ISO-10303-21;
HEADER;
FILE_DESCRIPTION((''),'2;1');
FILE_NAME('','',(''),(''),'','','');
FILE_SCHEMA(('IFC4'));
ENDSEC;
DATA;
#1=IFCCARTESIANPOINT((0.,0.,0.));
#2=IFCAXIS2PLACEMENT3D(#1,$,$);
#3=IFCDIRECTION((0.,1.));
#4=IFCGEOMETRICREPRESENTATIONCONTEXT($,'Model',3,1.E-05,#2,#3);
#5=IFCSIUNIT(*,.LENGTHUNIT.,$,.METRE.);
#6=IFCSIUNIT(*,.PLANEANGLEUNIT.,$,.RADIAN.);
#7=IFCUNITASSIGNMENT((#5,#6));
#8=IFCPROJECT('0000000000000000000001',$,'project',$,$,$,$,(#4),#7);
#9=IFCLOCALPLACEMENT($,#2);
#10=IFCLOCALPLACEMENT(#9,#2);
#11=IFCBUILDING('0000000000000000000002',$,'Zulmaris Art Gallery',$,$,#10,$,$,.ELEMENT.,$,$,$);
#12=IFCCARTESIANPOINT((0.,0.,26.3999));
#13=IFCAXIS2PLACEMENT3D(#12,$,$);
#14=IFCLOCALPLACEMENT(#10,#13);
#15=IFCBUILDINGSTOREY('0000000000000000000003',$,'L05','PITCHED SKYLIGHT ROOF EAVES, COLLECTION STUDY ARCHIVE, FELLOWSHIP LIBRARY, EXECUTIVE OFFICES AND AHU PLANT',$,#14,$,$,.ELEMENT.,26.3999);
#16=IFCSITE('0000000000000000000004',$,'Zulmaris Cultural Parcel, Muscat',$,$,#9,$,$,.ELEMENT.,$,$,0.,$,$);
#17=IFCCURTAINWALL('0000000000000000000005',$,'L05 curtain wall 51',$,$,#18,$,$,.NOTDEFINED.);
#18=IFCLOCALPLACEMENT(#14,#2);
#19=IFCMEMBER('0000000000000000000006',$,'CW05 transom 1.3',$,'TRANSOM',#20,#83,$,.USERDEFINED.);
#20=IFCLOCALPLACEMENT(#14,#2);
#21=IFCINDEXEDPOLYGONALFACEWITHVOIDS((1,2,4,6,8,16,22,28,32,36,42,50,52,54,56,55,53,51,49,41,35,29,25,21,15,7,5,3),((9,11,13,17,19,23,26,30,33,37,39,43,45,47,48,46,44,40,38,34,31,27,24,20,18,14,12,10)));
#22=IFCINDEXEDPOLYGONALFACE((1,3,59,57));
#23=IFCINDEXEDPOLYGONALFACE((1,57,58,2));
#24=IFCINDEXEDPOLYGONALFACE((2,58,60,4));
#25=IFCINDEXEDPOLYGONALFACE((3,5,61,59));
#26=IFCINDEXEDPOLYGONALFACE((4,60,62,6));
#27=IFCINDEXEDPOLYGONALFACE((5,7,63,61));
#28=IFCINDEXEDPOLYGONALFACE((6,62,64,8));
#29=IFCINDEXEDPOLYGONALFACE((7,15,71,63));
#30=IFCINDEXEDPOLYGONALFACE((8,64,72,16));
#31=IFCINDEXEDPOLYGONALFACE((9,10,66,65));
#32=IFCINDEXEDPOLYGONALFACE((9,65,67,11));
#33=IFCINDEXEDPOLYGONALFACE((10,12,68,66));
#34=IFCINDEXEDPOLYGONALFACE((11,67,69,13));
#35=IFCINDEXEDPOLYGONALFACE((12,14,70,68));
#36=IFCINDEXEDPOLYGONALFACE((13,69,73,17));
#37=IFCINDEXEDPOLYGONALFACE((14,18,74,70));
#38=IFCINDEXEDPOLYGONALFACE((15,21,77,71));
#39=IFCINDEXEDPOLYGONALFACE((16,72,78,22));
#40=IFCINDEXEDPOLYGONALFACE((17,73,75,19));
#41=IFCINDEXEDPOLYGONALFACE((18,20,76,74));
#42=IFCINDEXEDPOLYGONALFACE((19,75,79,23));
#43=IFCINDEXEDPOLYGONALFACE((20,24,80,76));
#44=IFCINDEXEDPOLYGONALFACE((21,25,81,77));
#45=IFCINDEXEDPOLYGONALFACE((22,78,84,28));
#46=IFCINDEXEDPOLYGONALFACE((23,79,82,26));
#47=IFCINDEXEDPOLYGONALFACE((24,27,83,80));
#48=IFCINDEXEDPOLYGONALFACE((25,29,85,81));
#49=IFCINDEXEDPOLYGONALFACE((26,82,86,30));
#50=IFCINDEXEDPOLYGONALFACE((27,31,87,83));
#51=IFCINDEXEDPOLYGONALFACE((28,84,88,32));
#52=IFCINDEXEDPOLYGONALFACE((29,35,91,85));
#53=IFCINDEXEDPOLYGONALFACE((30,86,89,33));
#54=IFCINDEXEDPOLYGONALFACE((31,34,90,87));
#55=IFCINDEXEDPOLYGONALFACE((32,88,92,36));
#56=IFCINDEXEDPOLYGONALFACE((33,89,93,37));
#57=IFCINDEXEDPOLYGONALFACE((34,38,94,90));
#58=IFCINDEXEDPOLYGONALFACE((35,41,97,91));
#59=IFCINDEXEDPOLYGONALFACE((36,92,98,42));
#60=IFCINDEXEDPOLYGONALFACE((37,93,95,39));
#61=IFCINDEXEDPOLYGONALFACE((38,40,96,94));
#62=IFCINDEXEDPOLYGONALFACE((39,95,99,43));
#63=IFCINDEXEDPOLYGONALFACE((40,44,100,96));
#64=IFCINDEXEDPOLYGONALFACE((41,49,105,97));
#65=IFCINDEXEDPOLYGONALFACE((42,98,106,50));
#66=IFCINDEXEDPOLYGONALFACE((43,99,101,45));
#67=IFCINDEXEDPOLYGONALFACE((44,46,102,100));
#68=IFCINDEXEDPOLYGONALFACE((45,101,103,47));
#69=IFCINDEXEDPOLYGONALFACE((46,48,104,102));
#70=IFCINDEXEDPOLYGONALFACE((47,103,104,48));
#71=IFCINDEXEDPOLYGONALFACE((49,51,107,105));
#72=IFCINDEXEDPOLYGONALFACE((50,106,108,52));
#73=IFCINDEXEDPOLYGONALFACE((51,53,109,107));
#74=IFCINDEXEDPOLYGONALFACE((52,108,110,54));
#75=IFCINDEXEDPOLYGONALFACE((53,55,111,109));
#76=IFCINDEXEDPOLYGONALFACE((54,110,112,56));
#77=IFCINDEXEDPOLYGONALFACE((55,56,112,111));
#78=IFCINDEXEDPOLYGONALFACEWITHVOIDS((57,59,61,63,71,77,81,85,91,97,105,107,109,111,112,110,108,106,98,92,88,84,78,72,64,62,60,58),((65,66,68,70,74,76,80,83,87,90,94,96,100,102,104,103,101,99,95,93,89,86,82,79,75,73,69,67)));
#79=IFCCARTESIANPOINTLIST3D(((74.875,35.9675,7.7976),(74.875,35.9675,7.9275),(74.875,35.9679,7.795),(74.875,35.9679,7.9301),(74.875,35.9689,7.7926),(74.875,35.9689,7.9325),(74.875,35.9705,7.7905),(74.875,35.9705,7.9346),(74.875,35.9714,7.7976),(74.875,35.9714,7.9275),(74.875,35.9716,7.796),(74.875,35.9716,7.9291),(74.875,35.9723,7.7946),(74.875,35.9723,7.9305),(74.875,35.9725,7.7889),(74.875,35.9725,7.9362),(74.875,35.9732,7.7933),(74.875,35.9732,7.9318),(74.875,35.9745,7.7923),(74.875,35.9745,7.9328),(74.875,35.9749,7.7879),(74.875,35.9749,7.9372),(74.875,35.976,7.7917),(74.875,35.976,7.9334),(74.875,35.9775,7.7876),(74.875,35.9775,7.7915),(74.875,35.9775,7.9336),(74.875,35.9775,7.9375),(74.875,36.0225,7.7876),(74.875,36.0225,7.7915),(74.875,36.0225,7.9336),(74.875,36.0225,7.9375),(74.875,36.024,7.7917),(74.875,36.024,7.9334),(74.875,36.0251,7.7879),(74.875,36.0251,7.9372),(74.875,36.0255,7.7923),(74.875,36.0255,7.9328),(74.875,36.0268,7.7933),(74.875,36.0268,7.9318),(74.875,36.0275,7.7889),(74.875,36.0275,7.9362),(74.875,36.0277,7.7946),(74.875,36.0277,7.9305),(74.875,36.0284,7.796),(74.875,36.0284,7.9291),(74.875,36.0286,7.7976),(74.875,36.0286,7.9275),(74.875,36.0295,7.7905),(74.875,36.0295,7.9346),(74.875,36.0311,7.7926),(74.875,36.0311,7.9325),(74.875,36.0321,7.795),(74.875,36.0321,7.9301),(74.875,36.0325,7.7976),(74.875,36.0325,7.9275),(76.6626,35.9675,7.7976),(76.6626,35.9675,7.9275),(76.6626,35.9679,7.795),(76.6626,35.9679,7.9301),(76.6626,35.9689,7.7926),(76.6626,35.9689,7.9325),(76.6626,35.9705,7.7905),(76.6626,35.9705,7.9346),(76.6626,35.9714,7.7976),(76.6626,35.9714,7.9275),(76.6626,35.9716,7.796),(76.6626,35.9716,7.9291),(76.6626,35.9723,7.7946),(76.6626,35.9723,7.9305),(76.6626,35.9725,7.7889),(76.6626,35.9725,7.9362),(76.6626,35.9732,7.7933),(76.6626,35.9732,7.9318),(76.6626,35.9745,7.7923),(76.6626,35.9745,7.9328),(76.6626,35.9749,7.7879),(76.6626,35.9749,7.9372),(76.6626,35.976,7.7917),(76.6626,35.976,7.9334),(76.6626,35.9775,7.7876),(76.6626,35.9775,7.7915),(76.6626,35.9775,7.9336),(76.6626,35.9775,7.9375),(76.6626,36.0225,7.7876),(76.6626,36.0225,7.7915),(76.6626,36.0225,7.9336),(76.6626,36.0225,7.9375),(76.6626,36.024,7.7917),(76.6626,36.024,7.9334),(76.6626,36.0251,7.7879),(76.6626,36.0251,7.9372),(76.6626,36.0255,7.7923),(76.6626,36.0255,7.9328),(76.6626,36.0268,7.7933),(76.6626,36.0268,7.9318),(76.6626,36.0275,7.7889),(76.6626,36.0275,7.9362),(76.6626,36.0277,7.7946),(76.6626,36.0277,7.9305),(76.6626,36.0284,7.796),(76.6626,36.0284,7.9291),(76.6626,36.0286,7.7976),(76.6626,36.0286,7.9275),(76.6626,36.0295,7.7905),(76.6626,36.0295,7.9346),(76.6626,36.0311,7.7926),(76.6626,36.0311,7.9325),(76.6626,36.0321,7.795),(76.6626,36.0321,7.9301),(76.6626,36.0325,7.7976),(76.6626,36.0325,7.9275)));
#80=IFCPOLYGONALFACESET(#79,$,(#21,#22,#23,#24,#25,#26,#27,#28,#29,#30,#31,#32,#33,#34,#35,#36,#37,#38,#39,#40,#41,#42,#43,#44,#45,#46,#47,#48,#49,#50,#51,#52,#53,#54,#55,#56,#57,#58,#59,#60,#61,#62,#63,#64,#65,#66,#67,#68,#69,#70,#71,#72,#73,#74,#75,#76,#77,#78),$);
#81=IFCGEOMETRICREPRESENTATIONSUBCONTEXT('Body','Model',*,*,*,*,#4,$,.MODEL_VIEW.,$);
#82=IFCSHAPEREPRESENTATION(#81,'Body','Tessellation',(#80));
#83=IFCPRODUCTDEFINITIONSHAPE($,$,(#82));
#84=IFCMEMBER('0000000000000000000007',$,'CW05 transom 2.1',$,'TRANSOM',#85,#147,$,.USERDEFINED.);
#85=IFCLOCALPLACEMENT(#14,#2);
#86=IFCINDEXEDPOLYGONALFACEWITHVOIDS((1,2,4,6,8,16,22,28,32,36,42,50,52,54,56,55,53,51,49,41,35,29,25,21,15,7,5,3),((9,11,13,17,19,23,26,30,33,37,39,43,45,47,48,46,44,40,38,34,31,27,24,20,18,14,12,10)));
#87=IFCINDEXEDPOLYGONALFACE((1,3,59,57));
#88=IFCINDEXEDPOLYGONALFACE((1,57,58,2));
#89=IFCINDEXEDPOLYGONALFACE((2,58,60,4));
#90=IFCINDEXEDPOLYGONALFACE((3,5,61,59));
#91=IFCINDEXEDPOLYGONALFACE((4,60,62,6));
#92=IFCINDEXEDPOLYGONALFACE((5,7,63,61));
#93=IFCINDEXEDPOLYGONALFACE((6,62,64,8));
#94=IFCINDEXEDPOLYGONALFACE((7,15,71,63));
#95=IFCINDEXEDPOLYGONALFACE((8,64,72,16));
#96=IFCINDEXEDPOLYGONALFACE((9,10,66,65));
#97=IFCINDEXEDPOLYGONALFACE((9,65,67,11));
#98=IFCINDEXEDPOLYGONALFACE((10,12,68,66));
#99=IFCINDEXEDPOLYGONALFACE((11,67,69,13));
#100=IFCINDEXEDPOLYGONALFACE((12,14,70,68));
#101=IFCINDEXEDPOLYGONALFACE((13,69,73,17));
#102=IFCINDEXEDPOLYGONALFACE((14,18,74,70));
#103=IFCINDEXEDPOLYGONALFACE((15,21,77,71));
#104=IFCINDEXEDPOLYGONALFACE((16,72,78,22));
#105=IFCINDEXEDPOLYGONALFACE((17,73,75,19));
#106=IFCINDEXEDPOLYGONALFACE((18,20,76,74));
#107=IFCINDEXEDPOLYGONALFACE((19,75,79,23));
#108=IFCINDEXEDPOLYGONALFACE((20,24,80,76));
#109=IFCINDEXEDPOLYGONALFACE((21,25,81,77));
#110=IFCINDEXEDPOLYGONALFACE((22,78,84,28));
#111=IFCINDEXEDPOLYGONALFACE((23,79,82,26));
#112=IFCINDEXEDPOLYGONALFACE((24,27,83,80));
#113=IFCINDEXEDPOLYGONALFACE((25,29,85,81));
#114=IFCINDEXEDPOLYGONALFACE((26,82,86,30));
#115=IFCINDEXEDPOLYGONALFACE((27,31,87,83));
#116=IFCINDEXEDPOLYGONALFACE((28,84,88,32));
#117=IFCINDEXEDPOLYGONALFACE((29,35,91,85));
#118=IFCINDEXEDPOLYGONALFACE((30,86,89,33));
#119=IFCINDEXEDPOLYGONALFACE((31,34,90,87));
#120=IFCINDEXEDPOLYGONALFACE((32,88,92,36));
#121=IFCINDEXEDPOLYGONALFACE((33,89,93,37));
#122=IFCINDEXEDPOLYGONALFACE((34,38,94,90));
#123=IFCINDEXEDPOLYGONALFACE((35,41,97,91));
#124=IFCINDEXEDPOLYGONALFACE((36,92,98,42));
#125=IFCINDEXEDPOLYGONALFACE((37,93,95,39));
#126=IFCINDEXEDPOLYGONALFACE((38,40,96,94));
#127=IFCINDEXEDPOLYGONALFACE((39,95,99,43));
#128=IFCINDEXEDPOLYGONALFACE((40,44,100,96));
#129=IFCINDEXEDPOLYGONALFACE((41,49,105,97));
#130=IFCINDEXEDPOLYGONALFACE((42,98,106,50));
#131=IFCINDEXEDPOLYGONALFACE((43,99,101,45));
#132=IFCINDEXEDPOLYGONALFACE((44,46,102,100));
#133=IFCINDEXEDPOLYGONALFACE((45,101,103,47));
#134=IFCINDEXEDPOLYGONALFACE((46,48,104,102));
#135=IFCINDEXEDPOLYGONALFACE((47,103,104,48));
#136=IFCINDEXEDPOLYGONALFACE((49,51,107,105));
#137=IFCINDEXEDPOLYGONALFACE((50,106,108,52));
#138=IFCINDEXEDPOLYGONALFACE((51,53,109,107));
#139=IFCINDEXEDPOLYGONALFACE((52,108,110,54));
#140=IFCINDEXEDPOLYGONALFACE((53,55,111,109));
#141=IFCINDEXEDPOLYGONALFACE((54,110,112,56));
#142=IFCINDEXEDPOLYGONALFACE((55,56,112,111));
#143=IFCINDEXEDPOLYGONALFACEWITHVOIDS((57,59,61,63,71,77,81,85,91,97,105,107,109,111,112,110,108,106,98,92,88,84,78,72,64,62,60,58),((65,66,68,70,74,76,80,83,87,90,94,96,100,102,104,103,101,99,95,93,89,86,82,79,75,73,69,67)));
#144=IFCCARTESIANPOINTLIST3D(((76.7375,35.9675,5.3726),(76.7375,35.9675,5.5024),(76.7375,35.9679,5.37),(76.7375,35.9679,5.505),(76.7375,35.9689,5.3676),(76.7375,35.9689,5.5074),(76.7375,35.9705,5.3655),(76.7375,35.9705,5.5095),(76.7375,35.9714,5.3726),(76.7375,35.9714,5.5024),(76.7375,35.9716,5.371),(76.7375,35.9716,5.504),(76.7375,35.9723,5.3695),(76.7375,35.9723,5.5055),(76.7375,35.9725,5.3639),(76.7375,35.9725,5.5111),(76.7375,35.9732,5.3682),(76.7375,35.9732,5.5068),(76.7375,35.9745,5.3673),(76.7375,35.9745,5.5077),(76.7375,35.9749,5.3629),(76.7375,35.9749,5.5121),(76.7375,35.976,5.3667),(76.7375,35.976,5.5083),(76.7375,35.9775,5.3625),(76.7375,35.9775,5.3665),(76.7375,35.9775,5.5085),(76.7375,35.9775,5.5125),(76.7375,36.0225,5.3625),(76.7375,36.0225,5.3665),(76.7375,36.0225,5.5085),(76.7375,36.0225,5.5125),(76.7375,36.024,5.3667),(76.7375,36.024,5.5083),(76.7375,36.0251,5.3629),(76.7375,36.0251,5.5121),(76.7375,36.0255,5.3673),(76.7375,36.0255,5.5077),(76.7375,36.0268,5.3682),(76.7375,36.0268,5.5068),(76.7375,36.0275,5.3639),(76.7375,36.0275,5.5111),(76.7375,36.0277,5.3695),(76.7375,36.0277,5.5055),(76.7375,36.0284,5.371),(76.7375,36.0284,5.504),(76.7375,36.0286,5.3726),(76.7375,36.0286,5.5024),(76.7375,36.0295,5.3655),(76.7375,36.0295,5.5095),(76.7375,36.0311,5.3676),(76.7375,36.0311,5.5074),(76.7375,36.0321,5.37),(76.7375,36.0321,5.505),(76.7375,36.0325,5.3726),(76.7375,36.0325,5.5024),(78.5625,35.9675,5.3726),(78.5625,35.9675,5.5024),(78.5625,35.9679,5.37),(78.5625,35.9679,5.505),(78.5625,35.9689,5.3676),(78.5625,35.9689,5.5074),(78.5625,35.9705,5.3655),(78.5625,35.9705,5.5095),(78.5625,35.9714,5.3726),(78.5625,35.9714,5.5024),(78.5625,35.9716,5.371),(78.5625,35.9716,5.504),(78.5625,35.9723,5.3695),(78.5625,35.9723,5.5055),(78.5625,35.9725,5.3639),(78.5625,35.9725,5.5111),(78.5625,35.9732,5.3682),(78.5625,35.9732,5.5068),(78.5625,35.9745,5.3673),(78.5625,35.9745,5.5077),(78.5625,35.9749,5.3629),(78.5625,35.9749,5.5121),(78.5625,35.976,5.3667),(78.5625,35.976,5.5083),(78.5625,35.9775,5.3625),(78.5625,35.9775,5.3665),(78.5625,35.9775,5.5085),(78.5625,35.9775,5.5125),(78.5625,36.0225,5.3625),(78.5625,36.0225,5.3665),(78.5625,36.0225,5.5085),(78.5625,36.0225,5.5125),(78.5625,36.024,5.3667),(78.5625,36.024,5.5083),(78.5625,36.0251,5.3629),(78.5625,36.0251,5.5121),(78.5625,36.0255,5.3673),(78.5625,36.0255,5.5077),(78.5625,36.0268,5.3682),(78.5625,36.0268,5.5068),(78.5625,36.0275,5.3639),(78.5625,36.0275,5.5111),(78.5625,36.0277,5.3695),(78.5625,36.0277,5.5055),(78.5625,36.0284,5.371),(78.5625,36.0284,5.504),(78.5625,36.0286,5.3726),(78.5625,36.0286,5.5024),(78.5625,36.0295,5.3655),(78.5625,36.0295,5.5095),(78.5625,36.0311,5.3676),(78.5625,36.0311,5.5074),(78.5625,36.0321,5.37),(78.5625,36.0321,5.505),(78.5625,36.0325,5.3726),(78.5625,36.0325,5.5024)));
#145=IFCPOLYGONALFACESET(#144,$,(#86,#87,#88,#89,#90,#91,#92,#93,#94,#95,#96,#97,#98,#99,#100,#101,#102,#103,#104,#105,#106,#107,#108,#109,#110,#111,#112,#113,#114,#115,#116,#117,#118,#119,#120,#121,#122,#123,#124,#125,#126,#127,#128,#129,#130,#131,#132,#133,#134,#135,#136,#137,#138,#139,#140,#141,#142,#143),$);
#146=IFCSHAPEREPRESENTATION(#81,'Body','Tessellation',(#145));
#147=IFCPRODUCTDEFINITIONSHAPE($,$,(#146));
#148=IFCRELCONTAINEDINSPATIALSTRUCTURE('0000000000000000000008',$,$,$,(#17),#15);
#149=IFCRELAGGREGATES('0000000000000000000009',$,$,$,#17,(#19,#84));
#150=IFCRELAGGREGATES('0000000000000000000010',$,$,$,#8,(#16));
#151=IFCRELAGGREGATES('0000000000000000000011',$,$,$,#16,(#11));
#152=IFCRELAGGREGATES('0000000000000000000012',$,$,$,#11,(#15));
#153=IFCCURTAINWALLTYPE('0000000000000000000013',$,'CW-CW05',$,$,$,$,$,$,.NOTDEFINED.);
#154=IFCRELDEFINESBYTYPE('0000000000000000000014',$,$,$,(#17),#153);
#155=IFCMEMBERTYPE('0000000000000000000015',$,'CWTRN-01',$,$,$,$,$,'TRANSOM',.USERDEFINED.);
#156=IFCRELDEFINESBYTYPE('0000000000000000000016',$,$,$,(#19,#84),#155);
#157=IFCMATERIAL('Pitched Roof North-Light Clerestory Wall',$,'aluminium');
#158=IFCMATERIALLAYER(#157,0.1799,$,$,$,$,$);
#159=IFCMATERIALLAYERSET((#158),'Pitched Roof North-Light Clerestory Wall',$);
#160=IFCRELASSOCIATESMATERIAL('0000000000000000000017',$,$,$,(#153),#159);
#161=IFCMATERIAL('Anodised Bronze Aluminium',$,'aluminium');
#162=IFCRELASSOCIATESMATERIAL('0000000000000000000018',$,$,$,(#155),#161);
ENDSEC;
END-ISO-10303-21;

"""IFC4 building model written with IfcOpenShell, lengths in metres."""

from ifc_helpers import new_model, si_unit, direction, frame, origin, origin_2d, place, context, subcontext, project, spatial, hollow_rectangle, extrude, material, layer, layer_set, material_profile, profile_set, type_object, element, aggregate, save


model = new_model("IFC4")

# Units and contexts
model_context = context("Model", 3, precision=1e-05, world=origin(), true_north=direction((0.0, 1.0)))
body_context = subcontext(model_context, "Body", "Model", "MODEL_VIEW")
ifc_project = project(units=[si_unit("LENGTHUNIT", "METRE"), si_unit("PLANEANGLEUNIT", "RADIAN")], contexts=[model_context])

# Site, building, storey
site_placement = place(None, origin())
site = spatial("IfcSite", under=ifc_project, at=site_placement, Name="Zulmaris Cultural Parcel, Muscat", CompositionType="ELEMENT", RefElevation=0.0)
building_placement = place(site_placement, origin())
building = spatial("IfcBuilding", under=site, at=building_placement, Name="Zulmaris Art Gallery", CompositionType="ELEMENT")
storey_placement = place(building_placement, frame((0.0, 0.0, 26.3999)))
storey = spatial("IfcBuildingStorey", under=building, at=storey_placement, Name="L05", Description="PITCHED SKYLIGHT ROOF EAVES, COLLECTION STUDY ARCHIVE, FELLOWSHIP LIBRARY, EXECUTIVE OFFICES AND AHU PLANT", CompositionType="ELEMENT", Elevation=26.3999)

# Shared definitions
ifc_material_1 = material(Name="Pitched Roof North-Light Clerestory Wall", Category="aluminium")
ifc_layer_1 = layer(ifc_material_1, 0.1799)
ifc_layer_set_1 = layer_set([ifc_layer_1], Name="Pitched Roof North-Light Clerestory Wall")
curtain_wall_type = type_object("IfcCurtainWallType", Name="CW-CW05", PredefinedType="NOTDEFINED", material=ifc_layer_set_1)
ifc_material_2 = material(Name="Anodised Bronze Aluminium", Category="aluminium")

# Curtain wall
curtain_wall_1_placement = place(storey_placement, origin())
curtain_wall_1 = element("IfcCurtainWall", 1, at=curtain_wall_1_placement, inside=storey, type_object=curtain_wall_type, Name="L05 curtain wall 51", PredefinedType="NOTDEFINED")

# Members
ifc_material_profile_1 = material_profile(ifc_material_2, hollow_rectangle(XDim=0.0649, YDim=0.1499, WallThickness=0.0039, InnerFilletRadius=0.0061, OuterFilletRadius=0.01, at=origin_2d()), Name="ALU 65x150x4")
ifc_profile_set_1 = profile_set([ifc_material_profile_1], Name="Anodised Bronze Aluminium")
member_type_1 = type_object("IfcMemberType", Name="CWTRN-01", ElementType="TRANSOM", PredefinedType="USERDEFINED", material=ifc_profile_set_1)
member_1_placement = place(storey_placement, frame((74.875, 36.0, 7.8625), z_axis=(1.0, 0.0, 0.0), x_axis=(0.0, 1.0, 0.0)))
member_1 = element("IfcMember", 2, at=member_1_placement, type_object=member_type_1, Name="CW05 transom 1.3", ObjectType="TRANSOM", PredefinedType="USERDEFINED", context=body_context, shape_type="SweptSolid", body=[
    extrude(hollow_rectangle(XDim=0.0649, YDim=0.1499, WallThickness=0.0039, InnerFilletRadius=0.0061, OuterFilletRadius=0.01, at=origin_2d()), origin(), (0.0, 0.0, 1.0), 1.7876),
])
member_2_placement = place(storey_placement, frame((76.7375, 36.0, 5.4375), z_axis=(1.0, 0.0, 0.0), x_axis=(0.0, 1.0, 0.0)))
member_2 = element("IfcMember", 3, at=member_2_placement, type_object=member_type_1, Name="CW05 transom 2.1", ObjectType="TRANSOM", PredefinedType="USERDEFINED", context=body_context, shape_type="SweptSolid", body=[
    extrude(hollow_rectangle(XDim=0.0649, YDim=0.1499, WallThickness=0.0039, InnerFilletRadius=0.0061, OuterFilletRadius=0.01, at=origin_2d()), origin(), (0.0, 0.0, 1.0), 1.825),
])

aggregate(curtain_wall_1, [member_1, member_2])

save(model, "model.ifc")
